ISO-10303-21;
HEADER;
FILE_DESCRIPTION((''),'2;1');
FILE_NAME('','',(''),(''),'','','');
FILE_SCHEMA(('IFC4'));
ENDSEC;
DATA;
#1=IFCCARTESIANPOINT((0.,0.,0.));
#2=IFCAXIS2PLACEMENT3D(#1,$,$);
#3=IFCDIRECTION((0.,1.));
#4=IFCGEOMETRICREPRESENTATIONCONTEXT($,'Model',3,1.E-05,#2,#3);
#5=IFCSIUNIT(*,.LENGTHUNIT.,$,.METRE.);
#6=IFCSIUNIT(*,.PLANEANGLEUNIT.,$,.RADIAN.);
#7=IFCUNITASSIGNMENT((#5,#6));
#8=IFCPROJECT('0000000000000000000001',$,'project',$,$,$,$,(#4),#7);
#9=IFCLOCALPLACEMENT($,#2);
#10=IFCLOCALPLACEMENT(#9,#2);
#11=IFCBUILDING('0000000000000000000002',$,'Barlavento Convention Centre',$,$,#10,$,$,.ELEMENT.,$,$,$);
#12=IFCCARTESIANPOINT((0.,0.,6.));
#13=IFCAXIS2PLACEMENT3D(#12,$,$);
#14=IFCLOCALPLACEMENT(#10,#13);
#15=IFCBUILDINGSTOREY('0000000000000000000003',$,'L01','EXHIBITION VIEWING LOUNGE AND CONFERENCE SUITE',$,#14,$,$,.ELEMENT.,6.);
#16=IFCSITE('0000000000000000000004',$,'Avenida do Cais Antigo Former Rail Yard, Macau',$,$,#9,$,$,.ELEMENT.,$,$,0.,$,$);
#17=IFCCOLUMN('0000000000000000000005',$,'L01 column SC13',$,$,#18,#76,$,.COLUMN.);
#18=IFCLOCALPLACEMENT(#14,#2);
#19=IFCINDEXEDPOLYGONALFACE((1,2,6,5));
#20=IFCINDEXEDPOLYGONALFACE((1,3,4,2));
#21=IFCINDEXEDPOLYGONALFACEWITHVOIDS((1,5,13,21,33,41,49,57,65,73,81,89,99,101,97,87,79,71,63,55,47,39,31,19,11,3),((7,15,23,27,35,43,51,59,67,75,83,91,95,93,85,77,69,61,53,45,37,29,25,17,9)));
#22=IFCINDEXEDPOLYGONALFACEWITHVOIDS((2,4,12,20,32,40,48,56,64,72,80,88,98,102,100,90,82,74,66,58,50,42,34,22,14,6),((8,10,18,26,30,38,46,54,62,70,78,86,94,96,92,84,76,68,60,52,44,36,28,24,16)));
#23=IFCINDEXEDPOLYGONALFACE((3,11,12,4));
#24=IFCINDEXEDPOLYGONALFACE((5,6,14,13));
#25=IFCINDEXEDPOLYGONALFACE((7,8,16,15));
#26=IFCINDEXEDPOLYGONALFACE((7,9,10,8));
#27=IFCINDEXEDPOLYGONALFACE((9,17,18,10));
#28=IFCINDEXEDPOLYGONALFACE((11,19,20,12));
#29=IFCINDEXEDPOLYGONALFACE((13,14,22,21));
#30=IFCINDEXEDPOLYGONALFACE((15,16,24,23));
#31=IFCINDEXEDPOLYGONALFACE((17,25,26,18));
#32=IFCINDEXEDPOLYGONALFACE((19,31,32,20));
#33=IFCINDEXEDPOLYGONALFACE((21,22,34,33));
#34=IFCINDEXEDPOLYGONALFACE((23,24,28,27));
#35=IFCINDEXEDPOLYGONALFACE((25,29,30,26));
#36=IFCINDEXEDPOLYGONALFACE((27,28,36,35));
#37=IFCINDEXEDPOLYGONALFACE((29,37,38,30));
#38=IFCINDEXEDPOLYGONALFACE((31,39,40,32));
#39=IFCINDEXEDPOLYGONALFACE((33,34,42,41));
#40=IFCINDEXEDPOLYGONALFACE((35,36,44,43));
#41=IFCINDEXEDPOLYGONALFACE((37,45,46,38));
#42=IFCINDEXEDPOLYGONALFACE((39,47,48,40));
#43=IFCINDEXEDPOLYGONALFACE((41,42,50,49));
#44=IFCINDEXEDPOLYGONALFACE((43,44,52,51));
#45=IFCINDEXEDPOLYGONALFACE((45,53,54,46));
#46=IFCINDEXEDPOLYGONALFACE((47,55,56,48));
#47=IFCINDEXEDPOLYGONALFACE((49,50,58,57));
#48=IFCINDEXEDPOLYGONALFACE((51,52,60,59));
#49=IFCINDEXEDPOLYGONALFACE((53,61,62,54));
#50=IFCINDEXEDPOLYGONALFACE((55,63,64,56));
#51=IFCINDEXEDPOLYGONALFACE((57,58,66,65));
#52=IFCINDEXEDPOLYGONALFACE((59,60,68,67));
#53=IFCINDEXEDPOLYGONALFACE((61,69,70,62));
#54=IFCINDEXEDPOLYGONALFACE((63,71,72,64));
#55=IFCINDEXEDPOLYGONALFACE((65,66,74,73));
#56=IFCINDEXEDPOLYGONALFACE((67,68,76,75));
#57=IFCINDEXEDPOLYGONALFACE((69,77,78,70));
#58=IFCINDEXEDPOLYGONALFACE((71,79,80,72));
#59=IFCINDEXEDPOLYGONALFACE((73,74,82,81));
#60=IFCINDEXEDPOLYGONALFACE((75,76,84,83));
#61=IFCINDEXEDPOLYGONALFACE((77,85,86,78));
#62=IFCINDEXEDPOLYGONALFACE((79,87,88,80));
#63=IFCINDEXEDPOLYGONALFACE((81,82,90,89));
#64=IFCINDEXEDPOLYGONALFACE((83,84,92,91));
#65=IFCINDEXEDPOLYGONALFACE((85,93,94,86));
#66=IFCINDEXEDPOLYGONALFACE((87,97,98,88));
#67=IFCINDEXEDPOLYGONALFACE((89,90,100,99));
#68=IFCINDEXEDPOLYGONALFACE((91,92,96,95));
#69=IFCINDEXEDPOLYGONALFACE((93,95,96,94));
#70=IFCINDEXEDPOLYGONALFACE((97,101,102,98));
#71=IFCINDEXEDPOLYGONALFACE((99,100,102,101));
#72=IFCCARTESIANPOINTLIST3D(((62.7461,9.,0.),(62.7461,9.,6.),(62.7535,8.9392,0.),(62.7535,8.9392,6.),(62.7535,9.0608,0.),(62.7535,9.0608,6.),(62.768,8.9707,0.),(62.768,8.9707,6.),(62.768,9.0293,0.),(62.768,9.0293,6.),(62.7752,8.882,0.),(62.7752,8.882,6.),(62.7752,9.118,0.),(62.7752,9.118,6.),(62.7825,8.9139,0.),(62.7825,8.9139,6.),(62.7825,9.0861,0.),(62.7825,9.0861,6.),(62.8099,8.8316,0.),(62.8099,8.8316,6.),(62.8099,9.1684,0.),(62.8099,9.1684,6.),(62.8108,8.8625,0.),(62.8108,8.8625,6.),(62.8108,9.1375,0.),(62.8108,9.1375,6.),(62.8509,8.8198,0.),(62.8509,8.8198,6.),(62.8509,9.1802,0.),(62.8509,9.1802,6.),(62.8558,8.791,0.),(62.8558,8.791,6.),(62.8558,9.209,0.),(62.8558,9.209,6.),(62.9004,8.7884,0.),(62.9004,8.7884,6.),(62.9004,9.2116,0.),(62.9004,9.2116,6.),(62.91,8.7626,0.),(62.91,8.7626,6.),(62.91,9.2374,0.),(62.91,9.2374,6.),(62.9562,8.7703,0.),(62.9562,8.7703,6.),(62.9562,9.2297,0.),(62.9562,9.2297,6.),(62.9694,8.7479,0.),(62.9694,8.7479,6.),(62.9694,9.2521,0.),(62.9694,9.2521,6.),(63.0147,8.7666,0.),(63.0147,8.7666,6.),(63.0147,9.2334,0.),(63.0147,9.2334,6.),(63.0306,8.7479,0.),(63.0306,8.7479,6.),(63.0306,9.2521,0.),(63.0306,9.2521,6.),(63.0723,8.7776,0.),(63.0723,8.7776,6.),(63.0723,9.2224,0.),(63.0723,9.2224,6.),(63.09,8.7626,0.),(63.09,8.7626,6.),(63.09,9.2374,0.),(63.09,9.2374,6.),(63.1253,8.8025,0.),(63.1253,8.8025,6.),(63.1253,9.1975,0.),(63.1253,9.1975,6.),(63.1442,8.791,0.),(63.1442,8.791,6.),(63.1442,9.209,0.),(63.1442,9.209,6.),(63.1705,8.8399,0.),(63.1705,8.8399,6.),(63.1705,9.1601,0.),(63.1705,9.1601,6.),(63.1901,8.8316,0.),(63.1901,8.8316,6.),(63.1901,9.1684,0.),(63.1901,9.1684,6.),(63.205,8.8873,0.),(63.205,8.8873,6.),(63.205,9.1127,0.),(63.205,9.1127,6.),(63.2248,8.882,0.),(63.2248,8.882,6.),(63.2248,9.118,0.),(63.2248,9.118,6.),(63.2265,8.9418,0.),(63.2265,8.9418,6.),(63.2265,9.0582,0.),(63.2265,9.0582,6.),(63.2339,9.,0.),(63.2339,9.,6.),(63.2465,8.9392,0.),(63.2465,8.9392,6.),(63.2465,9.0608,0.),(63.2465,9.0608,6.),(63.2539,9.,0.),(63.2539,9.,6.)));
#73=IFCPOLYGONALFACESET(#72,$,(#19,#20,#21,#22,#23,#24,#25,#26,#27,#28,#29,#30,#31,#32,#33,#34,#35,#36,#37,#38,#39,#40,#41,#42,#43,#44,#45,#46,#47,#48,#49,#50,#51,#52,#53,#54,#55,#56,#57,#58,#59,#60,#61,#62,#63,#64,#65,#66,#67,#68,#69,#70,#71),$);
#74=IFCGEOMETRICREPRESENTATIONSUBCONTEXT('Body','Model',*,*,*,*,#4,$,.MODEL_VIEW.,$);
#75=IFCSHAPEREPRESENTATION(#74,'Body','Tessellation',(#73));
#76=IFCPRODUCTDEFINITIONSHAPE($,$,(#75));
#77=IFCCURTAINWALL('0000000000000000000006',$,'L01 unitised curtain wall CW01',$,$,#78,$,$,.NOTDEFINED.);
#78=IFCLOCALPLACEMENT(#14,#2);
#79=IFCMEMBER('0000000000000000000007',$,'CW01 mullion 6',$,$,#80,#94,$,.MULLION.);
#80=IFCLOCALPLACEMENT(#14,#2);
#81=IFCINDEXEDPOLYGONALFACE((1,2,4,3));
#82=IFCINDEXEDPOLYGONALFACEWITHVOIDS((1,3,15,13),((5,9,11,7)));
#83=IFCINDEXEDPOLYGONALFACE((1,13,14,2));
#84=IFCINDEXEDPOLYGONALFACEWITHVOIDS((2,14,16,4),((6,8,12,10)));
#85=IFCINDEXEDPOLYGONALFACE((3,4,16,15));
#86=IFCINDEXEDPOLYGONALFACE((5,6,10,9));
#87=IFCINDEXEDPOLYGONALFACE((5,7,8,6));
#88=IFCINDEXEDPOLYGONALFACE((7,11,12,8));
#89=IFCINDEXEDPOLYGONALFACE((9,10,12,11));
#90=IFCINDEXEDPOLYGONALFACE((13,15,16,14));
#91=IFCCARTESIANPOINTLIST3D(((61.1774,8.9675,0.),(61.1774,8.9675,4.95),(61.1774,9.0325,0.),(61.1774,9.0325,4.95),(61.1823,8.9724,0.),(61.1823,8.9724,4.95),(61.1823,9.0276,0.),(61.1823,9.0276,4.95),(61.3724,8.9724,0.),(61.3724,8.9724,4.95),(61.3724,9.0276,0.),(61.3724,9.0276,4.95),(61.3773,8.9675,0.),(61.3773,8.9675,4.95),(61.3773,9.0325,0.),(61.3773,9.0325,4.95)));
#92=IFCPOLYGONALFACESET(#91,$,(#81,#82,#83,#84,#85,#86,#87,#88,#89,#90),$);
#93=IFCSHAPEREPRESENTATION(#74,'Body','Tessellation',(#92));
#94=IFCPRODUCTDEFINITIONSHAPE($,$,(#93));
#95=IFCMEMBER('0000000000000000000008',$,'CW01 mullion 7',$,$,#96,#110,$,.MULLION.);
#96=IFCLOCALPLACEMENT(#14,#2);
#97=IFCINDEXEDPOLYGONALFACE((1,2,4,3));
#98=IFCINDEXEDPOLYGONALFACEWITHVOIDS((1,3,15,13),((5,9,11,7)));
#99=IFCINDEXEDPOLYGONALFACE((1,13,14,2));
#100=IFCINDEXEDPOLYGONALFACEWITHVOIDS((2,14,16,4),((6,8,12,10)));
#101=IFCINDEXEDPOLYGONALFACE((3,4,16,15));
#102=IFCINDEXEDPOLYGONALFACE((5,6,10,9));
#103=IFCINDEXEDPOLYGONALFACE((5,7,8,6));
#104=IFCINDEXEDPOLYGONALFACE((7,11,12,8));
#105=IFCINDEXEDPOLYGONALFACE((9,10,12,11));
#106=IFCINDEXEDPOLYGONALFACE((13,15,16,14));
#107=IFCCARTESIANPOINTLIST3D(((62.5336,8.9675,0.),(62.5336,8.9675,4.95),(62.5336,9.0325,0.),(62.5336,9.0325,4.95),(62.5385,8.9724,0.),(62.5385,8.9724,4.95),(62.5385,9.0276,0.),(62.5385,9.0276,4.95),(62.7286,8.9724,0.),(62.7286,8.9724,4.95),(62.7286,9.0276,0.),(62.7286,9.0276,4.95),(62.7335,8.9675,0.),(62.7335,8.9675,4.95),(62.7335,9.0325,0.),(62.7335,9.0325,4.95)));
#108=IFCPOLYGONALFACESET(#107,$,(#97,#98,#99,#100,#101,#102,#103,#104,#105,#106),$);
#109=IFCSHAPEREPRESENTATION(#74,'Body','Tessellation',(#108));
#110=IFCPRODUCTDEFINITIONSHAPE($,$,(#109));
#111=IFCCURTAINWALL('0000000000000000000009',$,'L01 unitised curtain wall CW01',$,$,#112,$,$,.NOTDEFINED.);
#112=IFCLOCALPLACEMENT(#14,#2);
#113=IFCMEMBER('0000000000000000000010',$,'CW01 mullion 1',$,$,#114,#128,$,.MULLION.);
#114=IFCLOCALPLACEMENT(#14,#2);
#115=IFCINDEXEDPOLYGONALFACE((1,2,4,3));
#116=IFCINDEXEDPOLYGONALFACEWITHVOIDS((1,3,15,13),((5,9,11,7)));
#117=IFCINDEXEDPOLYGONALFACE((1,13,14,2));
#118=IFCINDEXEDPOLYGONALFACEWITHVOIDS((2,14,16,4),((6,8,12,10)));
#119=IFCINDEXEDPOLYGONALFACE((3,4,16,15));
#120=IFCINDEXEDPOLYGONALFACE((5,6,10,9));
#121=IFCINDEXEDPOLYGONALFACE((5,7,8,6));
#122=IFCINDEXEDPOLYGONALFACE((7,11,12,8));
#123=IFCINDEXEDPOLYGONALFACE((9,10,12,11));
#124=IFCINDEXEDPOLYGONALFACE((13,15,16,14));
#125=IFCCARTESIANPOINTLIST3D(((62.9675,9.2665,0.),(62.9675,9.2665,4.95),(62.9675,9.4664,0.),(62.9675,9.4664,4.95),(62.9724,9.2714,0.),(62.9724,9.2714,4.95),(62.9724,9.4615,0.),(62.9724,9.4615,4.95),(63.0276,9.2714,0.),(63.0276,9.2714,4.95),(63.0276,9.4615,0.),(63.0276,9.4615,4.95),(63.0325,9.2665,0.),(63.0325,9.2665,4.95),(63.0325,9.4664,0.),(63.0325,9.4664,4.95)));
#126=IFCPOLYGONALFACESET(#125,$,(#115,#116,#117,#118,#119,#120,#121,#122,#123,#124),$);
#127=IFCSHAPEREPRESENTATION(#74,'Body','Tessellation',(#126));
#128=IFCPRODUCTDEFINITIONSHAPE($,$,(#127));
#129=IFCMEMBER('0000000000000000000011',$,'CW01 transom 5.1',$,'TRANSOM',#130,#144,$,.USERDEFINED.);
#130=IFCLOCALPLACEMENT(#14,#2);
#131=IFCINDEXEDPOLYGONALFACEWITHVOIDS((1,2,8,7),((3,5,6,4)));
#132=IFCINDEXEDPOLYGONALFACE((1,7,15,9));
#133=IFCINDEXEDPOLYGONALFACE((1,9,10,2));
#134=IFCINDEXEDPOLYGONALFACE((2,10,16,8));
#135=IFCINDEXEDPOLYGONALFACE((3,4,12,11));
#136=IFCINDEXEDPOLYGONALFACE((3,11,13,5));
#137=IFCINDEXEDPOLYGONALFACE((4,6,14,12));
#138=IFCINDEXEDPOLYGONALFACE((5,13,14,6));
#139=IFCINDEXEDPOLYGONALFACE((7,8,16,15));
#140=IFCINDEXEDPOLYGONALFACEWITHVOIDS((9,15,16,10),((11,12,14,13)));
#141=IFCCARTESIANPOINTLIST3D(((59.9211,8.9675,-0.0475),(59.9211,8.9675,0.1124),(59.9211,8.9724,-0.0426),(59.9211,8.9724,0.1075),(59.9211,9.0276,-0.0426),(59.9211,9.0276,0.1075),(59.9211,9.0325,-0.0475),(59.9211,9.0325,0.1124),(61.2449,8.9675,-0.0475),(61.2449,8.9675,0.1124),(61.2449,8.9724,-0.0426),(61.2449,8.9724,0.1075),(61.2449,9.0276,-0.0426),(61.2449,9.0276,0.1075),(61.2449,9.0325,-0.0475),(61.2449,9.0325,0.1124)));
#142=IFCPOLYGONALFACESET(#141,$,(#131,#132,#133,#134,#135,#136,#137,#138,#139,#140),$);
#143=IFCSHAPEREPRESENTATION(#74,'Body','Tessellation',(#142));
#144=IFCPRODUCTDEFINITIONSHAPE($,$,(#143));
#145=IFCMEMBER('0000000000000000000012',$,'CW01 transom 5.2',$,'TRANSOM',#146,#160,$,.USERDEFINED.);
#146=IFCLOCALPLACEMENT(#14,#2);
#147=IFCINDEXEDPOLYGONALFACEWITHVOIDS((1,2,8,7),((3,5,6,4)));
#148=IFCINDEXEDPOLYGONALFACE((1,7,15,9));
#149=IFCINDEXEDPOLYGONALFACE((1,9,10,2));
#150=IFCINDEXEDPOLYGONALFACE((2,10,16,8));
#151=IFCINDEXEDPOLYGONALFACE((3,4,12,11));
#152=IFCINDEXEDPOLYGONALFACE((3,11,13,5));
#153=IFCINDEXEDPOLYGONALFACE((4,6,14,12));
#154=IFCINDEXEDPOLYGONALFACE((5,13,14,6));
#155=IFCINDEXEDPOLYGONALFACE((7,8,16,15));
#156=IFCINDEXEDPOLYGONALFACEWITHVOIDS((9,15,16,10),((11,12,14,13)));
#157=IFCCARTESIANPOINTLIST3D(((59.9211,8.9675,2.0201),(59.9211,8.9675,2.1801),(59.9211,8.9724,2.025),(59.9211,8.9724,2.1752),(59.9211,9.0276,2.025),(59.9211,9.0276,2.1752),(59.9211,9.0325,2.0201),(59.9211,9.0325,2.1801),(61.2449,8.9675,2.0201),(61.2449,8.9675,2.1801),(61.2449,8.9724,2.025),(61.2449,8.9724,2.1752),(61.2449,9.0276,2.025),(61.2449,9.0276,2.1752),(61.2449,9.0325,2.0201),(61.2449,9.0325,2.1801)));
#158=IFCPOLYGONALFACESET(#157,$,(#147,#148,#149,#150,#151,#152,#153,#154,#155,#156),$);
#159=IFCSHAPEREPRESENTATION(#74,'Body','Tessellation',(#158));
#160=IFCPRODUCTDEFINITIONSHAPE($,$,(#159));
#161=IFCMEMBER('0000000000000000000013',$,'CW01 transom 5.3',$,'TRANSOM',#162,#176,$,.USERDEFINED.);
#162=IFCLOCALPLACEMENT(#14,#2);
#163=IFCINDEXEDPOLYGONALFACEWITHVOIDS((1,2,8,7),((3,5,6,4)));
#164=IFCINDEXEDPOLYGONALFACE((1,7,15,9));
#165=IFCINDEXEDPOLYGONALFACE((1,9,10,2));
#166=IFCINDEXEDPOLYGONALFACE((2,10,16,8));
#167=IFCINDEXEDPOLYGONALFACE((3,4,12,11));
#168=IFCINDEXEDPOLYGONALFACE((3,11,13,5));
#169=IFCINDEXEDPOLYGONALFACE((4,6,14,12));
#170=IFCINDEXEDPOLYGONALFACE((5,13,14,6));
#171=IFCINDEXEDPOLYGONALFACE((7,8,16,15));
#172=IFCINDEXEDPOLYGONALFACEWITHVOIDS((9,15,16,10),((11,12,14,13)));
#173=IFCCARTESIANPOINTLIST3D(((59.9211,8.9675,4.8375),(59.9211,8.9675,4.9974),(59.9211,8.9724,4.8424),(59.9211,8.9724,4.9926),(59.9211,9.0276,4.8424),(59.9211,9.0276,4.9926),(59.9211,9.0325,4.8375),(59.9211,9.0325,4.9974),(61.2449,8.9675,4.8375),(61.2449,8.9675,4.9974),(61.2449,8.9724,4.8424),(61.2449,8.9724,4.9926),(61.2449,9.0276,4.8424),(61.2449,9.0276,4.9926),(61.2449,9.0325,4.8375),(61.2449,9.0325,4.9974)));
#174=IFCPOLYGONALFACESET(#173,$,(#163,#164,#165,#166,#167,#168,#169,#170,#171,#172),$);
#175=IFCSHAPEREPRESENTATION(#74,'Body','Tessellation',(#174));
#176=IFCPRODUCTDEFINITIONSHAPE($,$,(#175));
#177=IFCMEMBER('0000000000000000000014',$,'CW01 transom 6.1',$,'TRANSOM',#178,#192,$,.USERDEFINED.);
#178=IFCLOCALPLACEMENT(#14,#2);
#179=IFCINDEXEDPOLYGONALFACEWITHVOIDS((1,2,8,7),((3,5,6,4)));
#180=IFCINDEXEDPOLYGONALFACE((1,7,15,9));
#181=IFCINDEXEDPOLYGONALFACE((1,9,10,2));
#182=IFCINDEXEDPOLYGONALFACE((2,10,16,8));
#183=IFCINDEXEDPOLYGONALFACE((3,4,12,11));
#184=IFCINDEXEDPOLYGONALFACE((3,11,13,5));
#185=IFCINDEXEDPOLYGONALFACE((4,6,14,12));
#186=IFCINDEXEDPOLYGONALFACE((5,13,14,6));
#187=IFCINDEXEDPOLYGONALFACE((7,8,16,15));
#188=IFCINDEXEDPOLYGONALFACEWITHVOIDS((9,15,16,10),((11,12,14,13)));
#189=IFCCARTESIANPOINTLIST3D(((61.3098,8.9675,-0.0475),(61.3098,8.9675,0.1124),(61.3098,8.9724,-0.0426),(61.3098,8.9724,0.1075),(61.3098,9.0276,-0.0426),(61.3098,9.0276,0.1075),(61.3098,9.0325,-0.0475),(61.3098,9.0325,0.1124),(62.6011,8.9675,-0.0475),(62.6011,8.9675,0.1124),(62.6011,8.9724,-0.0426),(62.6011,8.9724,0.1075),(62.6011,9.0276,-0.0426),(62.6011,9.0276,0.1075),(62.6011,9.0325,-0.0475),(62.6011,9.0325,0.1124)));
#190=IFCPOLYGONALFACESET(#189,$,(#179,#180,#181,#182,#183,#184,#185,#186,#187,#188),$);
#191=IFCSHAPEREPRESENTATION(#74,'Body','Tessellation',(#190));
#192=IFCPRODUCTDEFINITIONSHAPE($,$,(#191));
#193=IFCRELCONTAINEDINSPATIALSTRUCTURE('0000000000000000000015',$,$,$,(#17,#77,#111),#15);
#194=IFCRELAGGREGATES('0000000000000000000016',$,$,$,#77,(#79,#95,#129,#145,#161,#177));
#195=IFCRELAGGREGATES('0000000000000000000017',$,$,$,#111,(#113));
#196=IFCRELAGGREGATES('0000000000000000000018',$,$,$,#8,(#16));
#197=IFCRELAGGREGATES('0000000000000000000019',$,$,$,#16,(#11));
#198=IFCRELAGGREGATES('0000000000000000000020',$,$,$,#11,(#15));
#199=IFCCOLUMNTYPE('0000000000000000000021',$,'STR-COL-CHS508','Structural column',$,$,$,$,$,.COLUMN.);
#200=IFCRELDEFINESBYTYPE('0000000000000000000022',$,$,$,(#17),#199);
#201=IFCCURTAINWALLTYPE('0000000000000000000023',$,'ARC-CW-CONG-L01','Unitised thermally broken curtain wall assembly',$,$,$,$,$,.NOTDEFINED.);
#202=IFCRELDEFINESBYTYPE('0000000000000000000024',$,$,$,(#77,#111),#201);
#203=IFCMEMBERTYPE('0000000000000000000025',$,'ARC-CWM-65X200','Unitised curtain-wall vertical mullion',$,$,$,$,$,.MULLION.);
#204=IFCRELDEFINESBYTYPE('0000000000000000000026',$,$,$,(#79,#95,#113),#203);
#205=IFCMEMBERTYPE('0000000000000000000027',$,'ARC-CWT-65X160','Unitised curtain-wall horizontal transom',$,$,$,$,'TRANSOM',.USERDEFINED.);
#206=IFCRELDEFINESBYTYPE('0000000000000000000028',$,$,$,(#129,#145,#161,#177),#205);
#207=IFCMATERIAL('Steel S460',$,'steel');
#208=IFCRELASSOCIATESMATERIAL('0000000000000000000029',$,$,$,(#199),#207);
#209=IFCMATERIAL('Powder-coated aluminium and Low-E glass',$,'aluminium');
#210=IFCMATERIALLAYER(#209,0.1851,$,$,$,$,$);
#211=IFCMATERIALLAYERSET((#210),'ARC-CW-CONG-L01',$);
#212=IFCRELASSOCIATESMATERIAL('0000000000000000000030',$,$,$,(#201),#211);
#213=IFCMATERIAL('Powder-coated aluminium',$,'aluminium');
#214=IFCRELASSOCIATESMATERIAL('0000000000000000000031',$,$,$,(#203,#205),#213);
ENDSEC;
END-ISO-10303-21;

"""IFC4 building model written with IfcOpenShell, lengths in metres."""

from ifc_helpers import new_model, si_unit, direction, frame, origin, origin_2d, place, context, subcontext, project, spatial, hollow_rectangle, hollow_circle, extrude, material, layer, layer_set, material_profile, profile_set, type_object, element, aggregate, save


model = new_model("IFC4")

# Units and contexts
model_context = context("Model", 3, precision=1e-05, world=origin(), true_north=direction((0.0, 1.0)))
body_context = subcontext(model_context, "Body", "Model", "MODEL_VIEW")
ifc_project = project(units=[si_unit("LENGTHUNIT", "METRE"), si_unit("PLANEANGLEUNIT", "RADIAN")], contexts=[model_context])

# Site, building, storey
site_placement = place(None, origin())
site = spatial("IfcSite", under=ifc_project, at=site_placement, Name="Avenida do Cais Antigo Former Rail Yard, Macau", CompositionType="ELEMENT", RefElevation=0.0)
building_placement = place(site_placement, origin())
building = spatial("IfcBuilding", under=site, at=building_placement, Name="Barlavento Convention Centre", CompositionType="ELEMENT")
storey_placement = place(building_placement, frame((0.0, 0.0, 6.0)))
storey = spatial("IfcBuildingStorey", under=building, at=storey_placement, Name="L01", Description="EXHIBITION VIEWING LOUNGE AND CONFERENCE SUITE", CompositionType="ELEMENT", Elevation=6.0)

# Column
ifc_material_1 = material(Name="Steel S460", Category="steel")
ifc_material_profile_1 = material_profile(ifc_material_1, hollow_circle(Radius=0.2539, WallThickness=0.02, at=origin_2d()), Name="CHS 508.0x20.0")
ifc_profile_set_1 = profile_set([ifc_material_profile_1], Name="Steel S460")
column_type = type_object("IfcColumnType", Name="STR-COL-CHS508", Description="Structural column", PredefinedType="COLUMN", material=ifc_profile_set_1)
column_placement = place(storey_placement, frame((63.0, 9.0, 0.0), z_axis=(0.0, 0.0, 1.0), x_axis=(1.0, 0.0, 0.0)))
element("IfcColumn", 1, at=column_placement, inside=storey, type_object=column_type, Name="L01 column SC13", PredefinedType="COLUMN", context=body_context, shape_type="SweptSolid", body=[
    extrude(hollow_circle(Radius=0.2539, WallThickness=0.02, at=origin_2d()), origin(), (0.0, 0.0, 1.0), 6.0),
])

# Curtain wall, members
ifc_material_2 = material(Name="Powder-coated aluminium and Low-E glass", Category="aluminium")
ifc_layer_1 = layer(ifc_material_2, 0.1851)
ifc_layer_set_1 = layer_set([ifc_layer_1], Name="ARC-CW-CONG-L01")
curtain_wall_type = type_object("IfcCurtainWallType", Name="ARC-CW-CONG-L01", Description="Unitised thermally broken curtain wall assembly", PredefinedType="NOTDEFINED", material=ifc_layer_set_1)
curtain_wall_1_placement = place(storey_placement, origin())
curtain_wall_1 = element("IfcCurtainWall", 2, at=curtain_wall_1_placement, inside=storey, type_object=curtain_wall_type, Name="L01 unitised curtain wall CW01", PredefinedType="NOTDEFINED")
ifc_material_3 = material(Name="Powder-coated aluminium", Category="aluminium")
ifc_material_profile_2 = material_profile(ifc_material_3, hollow_rectangle(XDim=0.0649, YDim=0.2, WallThickness=0.0049, at=origin_2d()), Name="AL-MULL 65x200x5")
ifc_profile_set_2 = profile_set([ifc_material_profile_2], Name="Powder-coated aluminium")
member_type_1 = type_object("IfcMemberType", Name="ARC-CWM-65X200", Description="Unitised curtain-wall vertical mullion", PredefinedType="MULLION", material=ifc_profile_set_2)
member_1_placement = place(storey_placement, frame((61.2773, 9.0, 0.0), z_axis=(0.0, 0.0, 1.0), x_axis=(0.0, 1.0, 0.0)))
member_1 = element("IfcMember", 3, at=member_1_placement, type_object=member_type_1, Name="CW01 mullion 6", PredefinedType="MULLION", context=body_context, shape_type="SweptSolid", body=[
    extrude(hollow_rectangle(XDim=0.0649, YDim=0.2, WallThickness=0.0049, at=origin_2d()), origin(), (0.0, 0.0, 1.0), 4.95),
])
member_2_placement = place(storey_placement, frame((62.6335, 9.0, 0.0), z_axis=(0.0, 0.0, 1.0), x_axis=(0.0, 1.0, 0.0)))
member_2 = element("IfcMember", 4, at=member_2_placement, type_object=member_type_1, Name="CW01 mullion 7", PredefinedType="MULLION", context=body_context, shape_type="SweptSolid", body=[
    extrude(hollow_rectangle(XDim=0.0649, YDim=0.2, WallThickness=0.0049, at=origin_2d()), origin(), (0.0, 0.0, 1.0), 4.95),
])

# Curtain wall, member
curtain_wall_2_placement = place(storey_placement, origin())
curtain_wall_2 = element("IfcCurtainWall", 5, at=curtain_wall_2_placement, inside=storey, type_object=curtain_wall_type, Name="L01 unitised curtain wall CW01", PredefinedType="NOTDEFINED")
member_3_placement = place(storey_placement, frame((63.0, 9.3665, 0.0), z_axis=(0.0, 0.0, 1.0), x_axis=(-1.0, 0.0, 0.0)))
member_3 = element("IfcMember", 6, at=member_3_placement, type_object=member_type_1, Name="CW01 mullion 1", PredefinedType="MULLION", context=body_context, shape_type="SweptSolid", body=[
    extrude(hollow_rectangle(XDim=0.0649, YDim=0.2, WallThickness=0.0049, at=origin_2d()), origin(), (0.0, 0.0, 1.0), 4.95),
])

# Members
ifc_material_profile_3 = material_profile(ifc_material_3, hollow_rectangle(XDim=0.0649, YDim=0.1599, WallThickness=0.0049, at=origin_2d()), Name="AL-TRAN 65x160x5")
ifc_profile_set_3 = profile_set([ifc_material_profile_3], Name="Powder-coated aluminium")
member_type_2 = type_object("IfcMemberType", Name="ARC-CWT-65X160", Description="Unitised curtain-wall horizontal transom", ElementType="TRANSOM", PredefinedType="USERDEFINED", material=ifc_profile_set_3)
member_4_placement = place(storey_placement, frame((59.9211, 9.0, 0.0325), z_axis=(1.0, 0.0, 0.0), x_axis=(0.0, 1.0, 0.0)))
member_4 = element("IfcMember", 7, at=member_4_placement, type_object=member_type_2, Name="CW01 transom 5.1", ObjectType="TRANSOM", PredefinedType="USERDEFINED", context=body_context, shape_type="SweptSolid", body=[
    extrude(hollow_rectangle(XDim=0.0649, YDim=0.1599, WallThickness=0.0049, at=origin_2d()), origin(), (0.0, 0.0, 1.0), 1.3237),
])
member_5_placement = place(storey_placement, frame((59.9211, 9.0, 2.1001), z_axis=(1.0, 0.0, 0.0), x_axis=(0.0, 1.0, 0.0)))
member_5 = element("IfcMember", 8, at=member_5_placement, type_object=member_type_2, Name="CW01 transom 5.2", ObjectType="TRANSOM", PredefinedType="USERDEFINED", context=body_context, shape_type="SweptSolid", body=[
    extrude(hollow_rectangle(XDim=0.0649, YDim=0.1599, WallThickness=0.0049, at=origin_2d()), origin(), (0.0, 0.0, 1.0), 1.3237),
])
member_6_placement = place(storey_placement, frame((59.9211, 9.0, 4.9175), z_axis=(1.0, 0.0, 0.0), x_axis=(0.0, 1.0, 0.0)))
member_6 = element("IfcMember", 9, at=member_6_placement, type_object=member_type_2, Name="CW01 transom 5.3", ObjectType="TRANSOM", PredefinedType="USERDEFINED", context=body_context, shape_type="SweptSolid", body=[
    extrude(hollow_rectangle(XDim=0.0649, YDim=0.1599, WallThickness=0.0049, at=origin_2d()), origin(), (0.0, 0.0, 1.0), 1.3237),
])
member_7_placement = place(storey_placement, frame((61.3098, 9.0, 0.0325), z_axis=(1.0, 0.0, 0.0), x_axis=(0.0, 1.0, 0.0)))
member_7 = element("IfcMember", 10, at=member_7_placement, type_object=member_type_2, Name="CW01 transom 6.1", ObjectType="TRANSOM", PredefinedType="USERDEFINED", context=body_context, shape_type="SweptSolid", body=[
    extrude(hollow_rectangle(XDim=0.0649, YDim=0.1599, WallThickness=0.0049, at=origin_2d()), origin(), (0.0, 0.0, 1.0), 1.2913),
])

aggregate(curtain_wall_1, [member_1, member_2, member_4, member_5, member_6, member_7])
aggregate(curtain_wall_2, [member_3])

save(model, "model.ifc")
